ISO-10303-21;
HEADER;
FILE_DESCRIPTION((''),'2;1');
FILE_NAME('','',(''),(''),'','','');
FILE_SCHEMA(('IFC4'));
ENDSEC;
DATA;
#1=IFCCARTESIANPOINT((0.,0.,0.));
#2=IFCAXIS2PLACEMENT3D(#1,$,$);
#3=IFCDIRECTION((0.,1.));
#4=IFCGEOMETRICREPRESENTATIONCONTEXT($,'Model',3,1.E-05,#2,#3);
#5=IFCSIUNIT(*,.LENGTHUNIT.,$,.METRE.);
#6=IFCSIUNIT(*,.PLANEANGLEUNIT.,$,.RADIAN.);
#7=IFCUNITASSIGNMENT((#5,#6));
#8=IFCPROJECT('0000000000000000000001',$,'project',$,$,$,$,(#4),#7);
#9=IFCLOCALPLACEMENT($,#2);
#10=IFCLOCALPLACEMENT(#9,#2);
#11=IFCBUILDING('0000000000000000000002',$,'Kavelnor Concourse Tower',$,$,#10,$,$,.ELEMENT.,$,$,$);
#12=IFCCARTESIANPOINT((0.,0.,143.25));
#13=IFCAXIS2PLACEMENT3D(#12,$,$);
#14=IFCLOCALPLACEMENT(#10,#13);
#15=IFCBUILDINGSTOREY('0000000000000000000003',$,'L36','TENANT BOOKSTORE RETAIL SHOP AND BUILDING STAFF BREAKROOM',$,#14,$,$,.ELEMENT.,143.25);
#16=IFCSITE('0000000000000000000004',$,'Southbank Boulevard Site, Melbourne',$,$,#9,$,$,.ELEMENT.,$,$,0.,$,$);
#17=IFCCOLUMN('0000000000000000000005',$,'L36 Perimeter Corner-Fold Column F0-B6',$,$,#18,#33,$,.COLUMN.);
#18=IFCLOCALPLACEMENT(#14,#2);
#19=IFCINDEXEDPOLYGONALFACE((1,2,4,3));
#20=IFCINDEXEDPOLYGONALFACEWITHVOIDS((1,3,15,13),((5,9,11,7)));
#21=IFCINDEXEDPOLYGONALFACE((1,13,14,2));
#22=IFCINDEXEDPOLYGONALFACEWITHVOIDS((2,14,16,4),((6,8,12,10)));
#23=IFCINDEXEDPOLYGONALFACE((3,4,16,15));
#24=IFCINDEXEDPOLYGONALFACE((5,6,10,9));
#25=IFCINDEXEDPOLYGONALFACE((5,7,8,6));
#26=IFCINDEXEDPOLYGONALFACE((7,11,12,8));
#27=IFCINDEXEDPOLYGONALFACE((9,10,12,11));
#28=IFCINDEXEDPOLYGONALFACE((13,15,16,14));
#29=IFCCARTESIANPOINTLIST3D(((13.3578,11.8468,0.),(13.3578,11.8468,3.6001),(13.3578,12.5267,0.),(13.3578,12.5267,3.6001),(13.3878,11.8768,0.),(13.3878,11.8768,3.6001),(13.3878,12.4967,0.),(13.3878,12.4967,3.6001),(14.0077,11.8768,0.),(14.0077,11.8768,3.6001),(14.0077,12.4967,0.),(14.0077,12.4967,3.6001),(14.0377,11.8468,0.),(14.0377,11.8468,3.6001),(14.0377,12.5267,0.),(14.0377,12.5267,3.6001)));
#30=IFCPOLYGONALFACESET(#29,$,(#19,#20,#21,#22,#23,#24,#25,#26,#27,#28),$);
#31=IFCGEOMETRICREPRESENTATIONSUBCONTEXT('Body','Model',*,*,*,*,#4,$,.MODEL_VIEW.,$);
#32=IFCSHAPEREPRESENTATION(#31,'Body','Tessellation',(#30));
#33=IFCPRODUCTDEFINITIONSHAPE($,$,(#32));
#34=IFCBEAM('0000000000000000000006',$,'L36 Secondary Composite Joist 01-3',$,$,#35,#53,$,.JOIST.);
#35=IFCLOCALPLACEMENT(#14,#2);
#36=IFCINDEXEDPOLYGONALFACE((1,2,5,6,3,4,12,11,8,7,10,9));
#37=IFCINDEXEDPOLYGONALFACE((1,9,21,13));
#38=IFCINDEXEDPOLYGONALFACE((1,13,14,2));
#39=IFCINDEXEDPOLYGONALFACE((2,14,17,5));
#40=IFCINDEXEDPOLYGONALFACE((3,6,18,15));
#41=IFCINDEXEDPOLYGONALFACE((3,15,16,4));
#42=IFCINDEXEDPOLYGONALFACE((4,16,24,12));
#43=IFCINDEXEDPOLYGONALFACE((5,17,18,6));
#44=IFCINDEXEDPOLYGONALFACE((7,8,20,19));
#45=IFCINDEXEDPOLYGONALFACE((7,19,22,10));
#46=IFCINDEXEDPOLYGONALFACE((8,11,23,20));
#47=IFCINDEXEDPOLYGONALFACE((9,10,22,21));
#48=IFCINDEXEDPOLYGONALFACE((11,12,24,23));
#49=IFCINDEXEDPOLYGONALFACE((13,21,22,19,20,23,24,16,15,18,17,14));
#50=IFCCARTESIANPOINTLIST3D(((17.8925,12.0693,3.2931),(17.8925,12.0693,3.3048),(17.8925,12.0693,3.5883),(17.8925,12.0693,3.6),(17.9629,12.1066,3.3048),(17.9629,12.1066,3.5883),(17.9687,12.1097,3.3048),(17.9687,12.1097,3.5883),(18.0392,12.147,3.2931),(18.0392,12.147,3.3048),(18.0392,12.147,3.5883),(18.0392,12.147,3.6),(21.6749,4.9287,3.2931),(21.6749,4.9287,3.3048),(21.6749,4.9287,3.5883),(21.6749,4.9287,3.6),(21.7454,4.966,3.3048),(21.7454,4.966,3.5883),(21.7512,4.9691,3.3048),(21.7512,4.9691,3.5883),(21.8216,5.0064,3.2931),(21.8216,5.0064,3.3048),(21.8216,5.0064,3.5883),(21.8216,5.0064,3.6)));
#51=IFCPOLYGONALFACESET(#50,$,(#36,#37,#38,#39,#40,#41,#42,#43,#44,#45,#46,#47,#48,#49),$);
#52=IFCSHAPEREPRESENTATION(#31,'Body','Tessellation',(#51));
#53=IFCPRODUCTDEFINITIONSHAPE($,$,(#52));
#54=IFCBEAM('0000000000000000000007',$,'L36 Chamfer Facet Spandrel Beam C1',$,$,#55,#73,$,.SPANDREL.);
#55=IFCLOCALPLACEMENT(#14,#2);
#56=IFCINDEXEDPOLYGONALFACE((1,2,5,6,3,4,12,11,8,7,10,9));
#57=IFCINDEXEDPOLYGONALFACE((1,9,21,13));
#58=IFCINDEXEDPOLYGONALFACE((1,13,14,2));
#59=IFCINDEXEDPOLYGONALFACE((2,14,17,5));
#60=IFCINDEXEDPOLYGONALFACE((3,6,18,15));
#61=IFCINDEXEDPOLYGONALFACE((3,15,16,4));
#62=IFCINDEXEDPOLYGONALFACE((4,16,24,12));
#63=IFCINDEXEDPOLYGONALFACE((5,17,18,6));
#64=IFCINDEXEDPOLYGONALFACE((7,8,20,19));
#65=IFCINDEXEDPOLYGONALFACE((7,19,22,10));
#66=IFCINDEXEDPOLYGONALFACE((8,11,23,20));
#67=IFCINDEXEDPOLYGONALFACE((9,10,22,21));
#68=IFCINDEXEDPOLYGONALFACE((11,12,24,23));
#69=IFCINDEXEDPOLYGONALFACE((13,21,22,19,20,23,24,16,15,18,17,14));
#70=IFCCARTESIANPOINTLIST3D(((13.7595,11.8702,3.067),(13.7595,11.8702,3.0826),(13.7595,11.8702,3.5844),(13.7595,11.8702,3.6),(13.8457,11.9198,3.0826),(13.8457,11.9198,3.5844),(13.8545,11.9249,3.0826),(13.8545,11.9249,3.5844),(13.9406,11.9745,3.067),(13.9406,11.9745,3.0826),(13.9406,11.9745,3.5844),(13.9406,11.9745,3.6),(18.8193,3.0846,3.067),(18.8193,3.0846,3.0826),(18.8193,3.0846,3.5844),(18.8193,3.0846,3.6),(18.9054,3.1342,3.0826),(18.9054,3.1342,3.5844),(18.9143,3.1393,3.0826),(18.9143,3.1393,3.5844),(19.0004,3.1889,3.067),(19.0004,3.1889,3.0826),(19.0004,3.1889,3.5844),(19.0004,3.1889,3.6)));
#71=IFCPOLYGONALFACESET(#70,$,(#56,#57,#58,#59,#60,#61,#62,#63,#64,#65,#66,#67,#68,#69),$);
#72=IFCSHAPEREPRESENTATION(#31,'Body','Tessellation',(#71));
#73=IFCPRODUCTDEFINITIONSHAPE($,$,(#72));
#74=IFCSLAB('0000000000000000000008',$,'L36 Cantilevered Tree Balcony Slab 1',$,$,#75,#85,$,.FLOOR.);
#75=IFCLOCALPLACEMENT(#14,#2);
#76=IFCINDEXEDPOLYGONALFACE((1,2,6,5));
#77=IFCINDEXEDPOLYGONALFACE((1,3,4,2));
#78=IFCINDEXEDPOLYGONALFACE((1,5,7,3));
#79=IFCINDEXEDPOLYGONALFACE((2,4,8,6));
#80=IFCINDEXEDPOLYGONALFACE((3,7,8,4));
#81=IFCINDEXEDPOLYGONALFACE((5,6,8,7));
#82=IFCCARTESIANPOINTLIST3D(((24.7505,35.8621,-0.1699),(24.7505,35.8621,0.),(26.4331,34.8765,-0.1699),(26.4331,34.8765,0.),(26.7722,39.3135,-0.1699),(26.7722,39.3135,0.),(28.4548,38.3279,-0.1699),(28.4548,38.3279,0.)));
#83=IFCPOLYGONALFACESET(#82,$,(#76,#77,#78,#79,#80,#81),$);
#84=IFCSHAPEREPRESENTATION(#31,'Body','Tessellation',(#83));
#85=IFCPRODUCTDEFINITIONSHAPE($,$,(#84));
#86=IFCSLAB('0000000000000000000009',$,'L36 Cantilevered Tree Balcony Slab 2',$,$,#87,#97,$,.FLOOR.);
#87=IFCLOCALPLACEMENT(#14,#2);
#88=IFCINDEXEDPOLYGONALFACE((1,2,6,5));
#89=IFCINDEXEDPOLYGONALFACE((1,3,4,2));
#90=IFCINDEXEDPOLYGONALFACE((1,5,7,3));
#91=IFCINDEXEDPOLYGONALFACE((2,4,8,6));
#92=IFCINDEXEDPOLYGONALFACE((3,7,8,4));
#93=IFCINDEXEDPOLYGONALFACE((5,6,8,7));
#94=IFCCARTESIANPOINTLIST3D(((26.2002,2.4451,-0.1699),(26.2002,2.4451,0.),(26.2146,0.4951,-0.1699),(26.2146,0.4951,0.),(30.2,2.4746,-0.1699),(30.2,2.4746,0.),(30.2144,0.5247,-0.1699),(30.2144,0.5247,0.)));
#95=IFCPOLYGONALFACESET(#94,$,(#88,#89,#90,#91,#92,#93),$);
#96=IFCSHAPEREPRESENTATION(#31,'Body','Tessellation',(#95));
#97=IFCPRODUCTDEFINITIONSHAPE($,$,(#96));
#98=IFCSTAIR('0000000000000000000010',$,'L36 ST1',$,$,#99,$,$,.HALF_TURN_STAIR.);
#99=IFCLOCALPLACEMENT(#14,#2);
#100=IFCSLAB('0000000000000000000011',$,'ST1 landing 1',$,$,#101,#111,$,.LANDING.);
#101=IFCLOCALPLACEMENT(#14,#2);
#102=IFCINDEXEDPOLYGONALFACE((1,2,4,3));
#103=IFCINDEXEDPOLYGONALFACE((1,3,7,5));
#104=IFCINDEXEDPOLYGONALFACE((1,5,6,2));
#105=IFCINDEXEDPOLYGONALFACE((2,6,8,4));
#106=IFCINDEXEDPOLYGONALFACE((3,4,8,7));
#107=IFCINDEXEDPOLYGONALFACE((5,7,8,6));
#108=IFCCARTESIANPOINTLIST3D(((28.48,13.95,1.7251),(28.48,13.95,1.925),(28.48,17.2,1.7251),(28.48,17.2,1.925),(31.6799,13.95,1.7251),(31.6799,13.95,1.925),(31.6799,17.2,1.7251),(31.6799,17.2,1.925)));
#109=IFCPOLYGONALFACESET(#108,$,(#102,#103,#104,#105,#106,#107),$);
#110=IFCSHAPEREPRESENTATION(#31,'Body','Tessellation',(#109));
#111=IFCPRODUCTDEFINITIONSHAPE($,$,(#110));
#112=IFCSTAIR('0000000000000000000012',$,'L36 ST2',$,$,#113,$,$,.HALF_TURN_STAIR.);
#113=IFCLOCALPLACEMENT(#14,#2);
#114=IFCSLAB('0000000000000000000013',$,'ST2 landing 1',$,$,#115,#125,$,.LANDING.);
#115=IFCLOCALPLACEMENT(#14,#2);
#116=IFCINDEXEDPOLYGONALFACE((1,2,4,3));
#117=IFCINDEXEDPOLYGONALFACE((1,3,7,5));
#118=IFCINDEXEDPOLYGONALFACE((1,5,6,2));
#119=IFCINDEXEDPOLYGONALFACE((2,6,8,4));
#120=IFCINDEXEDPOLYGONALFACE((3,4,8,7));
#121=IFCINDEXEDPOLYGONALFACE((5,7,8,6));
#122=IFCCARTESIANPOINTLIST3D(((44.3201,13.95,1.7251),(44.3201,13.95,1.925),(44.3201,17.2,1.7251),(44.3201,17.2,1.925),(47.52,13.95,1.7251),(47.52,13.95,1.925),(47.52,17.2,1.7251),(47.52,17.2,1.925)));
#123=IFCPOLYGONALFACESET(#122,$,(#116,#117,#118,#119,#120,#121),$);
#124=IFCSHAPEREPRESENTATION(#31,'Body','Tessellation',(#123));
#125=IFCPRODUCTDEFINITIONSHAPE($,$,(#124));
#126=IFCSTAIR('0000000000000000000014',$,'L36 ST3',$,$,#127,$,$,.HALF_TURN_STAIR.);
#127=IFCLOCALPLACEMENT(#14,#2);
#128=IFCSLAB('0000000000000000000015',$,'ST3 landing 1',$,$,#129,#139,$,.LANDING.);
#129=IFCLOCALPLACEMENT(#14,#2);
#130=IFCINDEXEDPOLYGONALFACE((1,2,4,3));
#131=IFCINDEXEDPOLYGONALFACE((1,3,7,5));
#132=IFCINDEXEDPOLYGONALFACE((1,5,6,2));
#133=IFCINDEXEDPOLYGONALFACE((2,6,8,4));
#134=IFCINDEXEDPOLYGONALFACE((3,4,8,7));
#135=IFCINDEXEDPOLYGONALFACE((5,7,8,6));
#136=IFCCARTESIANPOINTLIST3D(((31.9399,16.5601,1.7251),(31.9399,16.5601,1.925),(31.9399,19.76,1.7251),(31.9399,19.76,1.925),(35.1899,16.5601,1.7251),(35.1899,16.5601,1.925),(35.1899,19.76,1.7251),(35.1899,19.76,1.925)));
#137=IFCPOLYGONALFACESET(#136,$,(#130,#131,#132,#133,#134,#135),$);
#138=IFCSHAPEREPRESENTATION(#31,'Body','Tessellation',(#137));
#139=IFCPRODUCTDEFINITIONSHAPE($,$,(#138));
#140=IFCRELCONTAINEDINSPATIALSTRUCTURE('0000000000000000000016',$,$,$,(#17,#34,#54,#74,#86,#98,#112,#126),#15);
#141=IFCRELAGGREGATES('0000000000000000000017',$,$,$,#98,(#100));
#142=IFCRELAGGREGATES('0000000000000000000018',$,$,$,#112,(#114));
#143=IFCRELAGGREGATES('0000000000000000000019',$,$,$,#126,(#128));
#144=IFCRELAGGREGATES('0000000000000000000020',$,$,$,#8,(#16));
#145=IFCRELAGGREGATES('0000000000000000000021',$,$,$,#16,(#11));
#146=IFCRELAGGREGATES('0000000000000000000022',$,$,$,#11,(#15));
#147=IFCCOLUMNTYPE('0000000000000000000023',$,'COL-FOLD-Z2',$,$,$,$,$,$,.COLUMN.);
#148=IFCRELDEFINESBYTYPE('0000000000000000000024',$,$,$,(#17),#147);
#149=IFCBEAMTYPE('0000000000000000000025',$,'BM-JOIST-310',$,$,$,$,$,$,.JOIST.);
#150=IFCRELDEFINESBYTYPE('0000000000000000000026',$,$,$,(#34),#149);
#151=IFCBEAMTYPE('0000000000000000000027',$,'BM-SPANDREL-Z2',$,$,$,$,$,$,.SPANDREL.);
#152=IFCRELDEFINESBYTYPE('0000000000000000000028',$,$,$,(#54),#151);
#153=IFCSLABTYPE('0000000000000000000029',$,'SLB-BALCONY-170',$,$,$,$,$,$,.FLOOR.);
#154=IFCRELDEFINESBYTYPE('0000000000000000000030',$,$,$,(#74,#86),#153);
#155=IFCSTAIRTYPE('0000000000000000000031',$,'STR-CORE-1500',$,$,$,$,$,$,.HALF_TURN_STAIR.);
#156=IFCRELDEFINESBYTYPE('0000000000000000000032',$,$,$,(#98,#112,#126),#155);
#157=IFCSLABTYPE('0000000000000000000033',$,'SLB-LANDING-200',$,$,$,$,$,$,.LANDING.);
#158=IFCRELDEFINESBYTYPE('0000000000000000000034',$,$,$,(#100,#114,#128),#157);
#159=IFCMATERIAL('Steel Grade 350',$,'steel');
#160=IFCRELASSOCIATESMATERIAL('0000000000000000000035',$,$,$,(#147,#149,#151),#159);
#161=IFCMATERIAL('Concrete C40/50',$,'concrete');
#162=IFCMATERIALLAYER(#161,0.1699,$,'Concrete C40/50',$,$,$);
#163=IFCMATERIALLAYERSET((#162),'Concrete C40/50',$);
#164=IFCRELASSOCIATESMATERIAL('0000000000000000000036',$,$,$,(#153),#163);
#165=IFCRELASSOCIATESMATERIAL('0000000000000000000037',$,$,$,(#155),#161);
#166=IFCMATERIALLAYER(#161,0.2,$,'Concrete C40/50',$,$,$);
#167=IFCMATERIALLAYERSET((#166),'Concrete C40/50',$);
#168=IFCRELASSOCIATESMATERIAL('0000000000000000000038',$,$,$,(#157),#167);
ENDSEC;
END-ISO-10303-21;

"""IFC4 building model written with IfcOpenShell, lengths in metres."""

from ifc_helpers import new_model, si_unit, direction, frame, origin, origin_2d, place, context, subcontext, project, spatial, polyline, hollow_rectangle, i_section, outline, extrude, material, layer, layer_set, material_profile, profile_set, type_object, element, aggregate, save


model = new_model("IFC4")

# Units and contexts
model_context = context("Model", 3, precision=1e-05, world=origin(), true_north=direction((0.0, 1.0)))
body_context = subcontext(model_context, "Body", "Model", "MODEL_VIEW")
ifc_project = project(units=[si_unit("LENGTHUNIT", "METRE"), si_unit("PLANEANGLEUNIT", "RADIAN")], contexts=[model_context])

# Site, building, storey
site_placement = place(None, origin())
site = spatial("IfcSite", under=ifc_project, at=site_placement, Name="Southbank Boulevard Site, Melbourne", CompositionType="ELEMENT", RefElevation=0.0)
building_placement = place(site_placement, origin())
building = spatial("IfcBuilding", under=site, at=building_placement, Name="Kavelnor Concourse Tower", CompositionType="ELEMENT")
storey_placement = place(building_placement, frame((0.0, 0.0, 143.25)))
storey = spatial("IfcBuildingStorey", under=building, at=storey_placement, Name="L36", Description="TENANT BOOKSTORE RETAIL SHOP AND BUILDING STAFF BREAKROOM", CompositionType="ELEMENT", Elevation=143.25)

# Column
ifc_material_1 = material(Name="Steel Grade 350", Category="steel")
ifc_material_profile_1 = material_profile(ifc_material_1, hollow_rectangle(XDim=0.6799, YDim=0.6799, WallThickness=0.03, at=origin_2d()), Name="SHS 680x680x30")
ifc_profile_set_1 = profile_set([ifc_material_profile_1], Name="Steel Grade 350")
column_type = type_object("IfcColumnType", Name="COL-FOLD-Z2", PredefinedType="COLUMN", material=ifc_profile_set_1)
column_placement = place(storey_placement, frame((13.6978, 12.1868, 0.0), z_axis=(0.0, 0.0, 1.0), x_axis=(1.0, 0.0, 0.0)))
element("IfcColumn", 1, at=column_placement, inside=storey, type_object=column_type, Name="L36 Perimeter Corner-Fold Column F0-B6", PredefinedType="COLUMN", context=body_context, shape_type="SweptSolid", body=[
    extrude(hollow_rectangle(XDim=0.6799, YDim=0.6799, WallThickness=0.03, at=origin_2d()), origin(), (0.0, 0.0, 1.0), 3.6001),
])

# Beams
ifc_material_profile_2 = material_profile(ifc_material_1, i_section(OverallWidth=0.166, OverallDepth=0.3069, WebThickness=0.0066, FlangeThickness=0.0117, at=origin_2d()), Name="310UB46")
ifc_profile_set_2 = profile_set([ifc_material_profile_2], Name="Steel Grade 350")
beam_type_1 = type_object("IfcBeamType", Name="BM-JOIST-310", PredefinedType="JOIST", material=ifc_profile_set_2)
beam_1_placement = place(storey_placement, frame((17.9658, 12.1082, 3.4465), z_axis=(0.468095, -0.883678, 0.0), x_axis=(0.883678, 0.468095, 0.0)))
element("IfcBeam", 2, at=beam_1_placement, inside=storey, type_object=beam_type_1, Name="L36 Secondary Composite Joist 01-3", PredefinedType="JOIST", context=body_context, shape_type="SweptSolid", body=[
    extrude(i_section(OverallWidth=0.166, OverallDepth=0.3069, WebThickness=0.0066, FlangeThickness=0.0117, at=origin_2d()), origin(), (0.0, 0.0, 1.0), 8.0806),
])
ifc_material_profile_3 = material_profile(ifc_material_1, i_section(OverallWidth=0.209, OverallDepth=0.533, WebThickness=0.0103, FlangeThickness=0.0156, at=origin_2d()), Name="530UB92")
ifc_profile_set_3 = profile_set([ifc_material_profile_3], Name="Steel Grade 350")
beam_type_2 = type_object("IfcBeamType", Name="BM-SPANDREL-Z2", PredefinedType="SPANDREL", material=ifc_profile_set_3)
beam_2_placement = place(storey_placement, frame((13.8501, 11.9224, 3.3335), z_axis=(0.499069, -0.866562, 0.0), x_axis=(0.866562, 0.499069, 0.0)))
element("IfcBeam", 3, at=beam_2_placement, inside=storey, type_object=beam_type_2, Name="L36 Chamfer Facet Spandrel Beam C1", PredefinedType="SPANDREL", context=body_context, shape_type="SweptSolid", body=[
    extrude(i_section(OverallWidth=0.209, OverallDepth=0.533, WebThickness=0.0103, FlangeThickness=0.0156, at=origin_2d()), origin(), (0.0, 0.0, 1.0), 10.1384),
])

# Slabs
ifc_material_2 = material(Name="Concrete C40/50", Category="concrete")
ifc_layer_1 = layer(ifc_material_2, 0.1699, Name="Concrete C40/50")
ifc_layer_set_1 = layer_set([ifc_layer_1], Name="Concrete C40/50")
slab_type_1 = type_object("IfcSlabType", Name="SLB-BALCONY-170", PredefinedType="FLOOR", material=ifc_layer_set_1)
slab_1_placement = place(storey_placement, frame((0.0, 0.0, -0.1699)))
element("IfcSlab", 4, at=slab_1_placement, inside=storey, type_object=slab_type_1, Name="L36 Cantilevered Tree Balcony Slab 1", PredefinedType="FLOOR", context=body_context, shape_type="SweptSolid", body=[
    extrude(outline(polyline([(24.7505, 35.8621), (26.7722, 39.3135), (28.4548, 38.3279), (26.4331, 34.8765), (24.7505, 35.8621)])), origin(), (0.0, 0.0, 1.0), 0.1699),
])
slab_2_placement = place(storey_placement, frame((0.0, 0.0, -0.1699)))
element("IfcSlab", 5, at=slab_2_placement, inside=storey, type_object=slab_type_1, Name="L36 Cantilevered Tree Balcony Slab 2", PredefinedType="FLOOR", context=body_context, shape_type="SweptSolid", body=[
    extrude(outline(polyline([(30.2144, 0.5247), (26.2146, 0.4951), (26.2002, 2.4451), (30.2, 2.4746), (30.2144, 0.5247)])), origin(), (0.0, 0.0, 1.0), 0.1699),
])

# Stairs, slabs
stair_type = type_object("IfcStairType", Name="STR-CORE-1500", PredefinedType="HALF_TURN_STAIR", material=ifc_material_2)
stair_1_placement = place(storey_placement, origin())
stair_1 = element("IfcStair", 6, at=stair_1_placement, inside=storey, type_object=stair_type, Name="L36 ST1", PredefinedType="HALF_TURN_STAIR")
ifc_layer_2 = layer(ifc_material_2, 0.2, Name="Concrete C40/50")
ifc_layer_set_2 = layer_set([ifc_layer_2], Name="Concrete C40/50")
slab_type_2 = type_object("IfcSlabType", Name="SLB-LANDING-200", PredefinedType="LANDING", material=ifc_layer_set_2)
slab_3_placement = place(storey_placement, frame((0.0, 0.0, 1.7251)))
slab_3 = element("IfcSlab", 7, at=slab_3_placement, type_object=slab_type_2, Name="ST1 landing 1", PredefinedType="LANDING", context=body_context, shape_type="SweptSolid", body=[
    extrude(outline(polyline([(31.6799, 13.95), (31.6799, 17.2), (28.48, 17.2), (28.48, 13.95), (31.6799, 13.95)])), origin(), (0.0, 0.0, 1.0), 0.2),
])
aggregate(stair_1, [slab_3])
stair_2_placement = place(storey_placement, origin())
stair_2 = element("IfcStair", 8, at=stair_2_placement, inside=storey, type_object=stair_type, Name="L36 ST2", PredefinedType="HALF_TURN_STAIR")
slab_4_placement = place(storey_placement, frame((0.0, 0.0, 1.7251)))
slab_4 = element("IfcSlab", 9, at=slab_4_placement, type_object=slab_type_2, Name="ST2 landing 1", PredefinedType="LANDING", context=body_context, shape_type="SweptSolid", body=[
    extrude(outline(polyline([(47.52, 13.95), (47.52, 17.2), (44.3201, 17.2), (44.3201, 13.95), (47.52, 13.95)])), origin(), (0.0, 0.0, 1.0), 0.2),
])
aggregate(stair_2, [slab_4])
stair_3_placement = place(storey_placement, origin())
stair_3 = element("IfcStair", 10, at=stair_3_placement, inside=storey, type_object=stair_type, Name="L36 ST3", PredefinedType="HALF_TURN_STAIR")
slab_5_placement = place(storey_placement, frame((0.0, 0.0, 1.7251)))
slab_5 = element("IfcSlab", 11, at=slab_5_placement, type_object=slab_type_2, Name="ST3 landing 1", PredefinedType="LANDING", context=body_context, shape_type="SweptSolid", body=[
    extrude(outline(polyline([(35.1899, 19.76), (31.9399, 19.76), (31.9399, 16.5601), (35.1899, 16.5601), (35.1899, 19.76)])), origin(), (0.0, 0.0, 1.0), 0.2),
])
aggregate(stair_3, [slab_5])

save(model, "model.ifc")
